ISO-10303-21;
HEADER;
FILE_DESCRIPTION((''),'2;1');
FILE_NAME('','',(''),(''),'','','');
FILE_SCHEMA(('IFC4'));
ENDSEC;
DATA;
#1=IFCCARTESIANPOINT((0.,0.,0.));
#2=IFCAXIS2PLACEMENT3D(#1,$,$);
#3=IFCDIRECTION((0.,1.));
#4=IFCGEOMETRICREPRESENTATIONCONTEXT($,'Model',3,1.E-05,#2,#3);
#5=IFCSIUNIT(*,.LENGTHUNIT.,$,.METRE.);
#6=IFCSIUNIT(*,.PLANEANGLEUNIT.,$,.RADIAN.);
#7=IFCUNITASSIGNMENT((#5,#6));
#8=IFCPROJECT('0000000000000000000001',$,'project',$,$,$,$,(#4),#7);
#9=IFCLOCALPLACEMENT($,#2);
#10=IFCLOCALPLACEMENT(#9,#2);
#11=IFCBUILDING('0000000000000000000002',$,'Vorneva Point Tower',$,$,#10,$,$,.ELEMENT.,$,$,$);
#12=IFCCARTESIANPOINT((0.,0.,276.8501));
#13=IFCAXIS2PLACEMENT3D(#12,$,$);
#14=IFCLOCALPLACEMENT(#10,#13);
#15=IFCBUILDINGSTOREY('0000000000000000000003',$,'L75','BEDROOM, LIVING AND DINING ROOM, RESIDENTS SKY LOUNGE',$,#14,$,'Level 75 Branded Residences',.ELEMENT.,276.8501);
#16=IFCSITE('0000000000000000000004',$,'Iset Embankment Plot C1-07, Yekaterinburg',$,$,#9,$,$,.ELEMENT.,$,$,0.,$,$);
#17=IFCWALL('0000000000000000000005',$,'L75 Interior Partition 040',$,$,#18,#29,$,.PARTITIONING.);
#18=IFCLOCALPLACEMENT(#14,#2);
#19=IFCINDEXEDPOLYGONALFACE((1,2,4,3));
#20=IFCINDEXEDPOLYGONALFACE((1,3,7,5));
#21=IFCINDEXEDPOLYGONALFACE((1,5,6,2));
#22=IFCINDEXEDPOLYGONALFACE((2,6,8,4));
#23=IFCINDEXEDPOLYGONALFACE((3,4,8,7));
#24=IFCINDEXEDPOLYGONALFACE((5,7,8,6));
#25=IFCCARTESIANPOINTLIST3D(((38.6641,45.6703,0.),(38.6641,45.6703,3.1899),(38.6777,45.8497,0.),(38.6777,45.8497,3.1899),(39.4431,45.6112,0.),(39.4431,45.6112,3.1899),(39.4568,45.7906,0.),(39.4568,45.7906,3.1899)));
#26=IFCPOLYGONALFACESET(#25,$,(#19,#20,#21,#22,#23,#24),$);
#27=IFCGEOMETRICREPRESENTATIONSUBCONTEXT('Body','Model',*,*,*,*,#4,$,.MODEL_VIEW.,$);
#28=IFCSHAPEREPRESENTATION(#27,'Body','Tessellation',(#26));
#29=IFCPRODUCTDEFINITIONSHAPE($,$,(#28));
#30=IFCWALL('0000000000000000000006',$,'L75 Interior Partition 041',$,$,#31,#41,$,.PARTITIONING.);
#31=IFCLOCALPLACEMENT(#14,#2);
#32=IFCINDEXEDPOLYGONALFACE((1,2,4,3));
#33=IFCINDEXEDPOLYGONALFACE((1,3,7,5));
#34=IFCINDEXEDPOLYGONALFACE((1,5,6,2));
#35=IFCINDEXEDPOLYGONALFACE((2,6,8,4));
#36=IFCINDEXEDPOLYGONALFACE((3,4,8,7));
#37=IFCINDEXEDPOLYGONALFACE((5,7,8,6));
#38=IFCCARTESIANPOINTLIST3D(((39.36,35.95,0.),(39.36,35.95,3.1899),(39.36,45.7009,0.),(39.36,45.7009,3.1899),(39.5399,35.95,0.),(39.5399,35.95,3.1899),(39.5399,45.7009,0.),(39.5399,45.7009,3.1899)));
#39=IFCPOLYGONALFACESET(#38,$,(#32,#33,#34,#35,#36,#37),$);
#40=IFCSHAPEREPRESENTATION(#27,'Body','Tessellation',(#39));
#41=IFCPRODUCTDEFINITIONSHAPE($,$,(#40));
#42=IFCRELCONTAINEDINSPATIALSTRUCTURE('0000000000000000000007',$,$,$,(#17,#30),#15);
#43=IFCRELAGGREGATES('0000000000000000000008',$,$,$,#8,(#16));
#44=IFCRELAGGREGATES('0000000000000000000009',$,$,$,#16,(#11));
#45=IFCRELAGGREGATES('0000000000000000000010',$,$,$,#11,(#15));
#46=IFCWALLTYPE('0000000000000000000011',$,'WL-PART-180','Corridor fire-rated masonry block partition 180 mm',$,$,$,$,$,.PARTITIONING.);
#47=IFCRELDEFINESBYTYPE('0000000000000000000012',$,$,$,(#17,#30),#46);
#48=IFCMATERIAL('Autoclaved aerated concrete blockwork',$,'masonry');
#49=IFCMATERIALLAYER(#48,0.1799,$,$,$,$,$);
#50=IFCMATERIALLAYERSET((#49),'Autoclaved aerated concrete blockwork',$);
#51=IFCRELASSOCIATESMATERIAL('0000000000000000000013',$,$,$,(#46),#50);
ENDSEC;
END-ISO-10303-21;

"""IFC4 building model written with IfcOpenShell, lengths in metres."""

from ifc_helpers import new_model, si_unit, direction, frame, frame_2d, origin, place, context, subcontext, project, spatial, rectangle, extrude, material, layer, layer_set, type_object, element, save


model = new_model("IFC4")

# Units and contexts
model_context = context("Model", 3, precision=1e-05, world=origin(), true_north=direction((0.0, 1.0)))
body_context = subcontext(model_context, "Body", "Model", "MODEL_VIEW")
ifc_project = project(units=[si_unit("LENGTHUNIT", "METRE"), si_unit("PLANEANGLEUNIT", "RADIAN")], contexts=[model_context])

# Site, building, storey
site_placement = place(None, origin())
site = spatial("IfcSite", under=ifc_project, at=site_placement, Name="Iset Embankment Plot C1-07, Yekaterinburg", CompositionType="ELEMENT", RefElevation=0.0)
building_placement = place(site_placement, origin())
building = spatial("IfcBuilding", under=site, at=building_placement, Name="Vorneva Point Tower", CompositionType="ELEMENT")
storey_placement = place(building_placement, frame((0.0, 0.0, 276.8501)))
storey = spatial("IfcBuildingStorey", under=building, at=storey_placement, Name="L75", Description="BEDROOM, LIVING AND DINING ROOM, RESIDENTS SKY LOUNGE", LongName="Level 75 Branded Residences", CompositionType="ELEMENT", Elevation=276.8501)

# Shared definitions
ifc_material_1 = material(Name="Autoclaved aerated concrete blockwork", Category="masonry")
ifc_layer_1 = layer(ifc_material_1, 0.1799)
ifc_layer_set_1 = layer_set([ifc_layer_1], Name="Autoclaved aerated concrete blockwork")
wall_type_1 = type_object("IfcWallType", Name="WL-PART-180", Description="Corridor fire-rated masonry block partition 180 mm", PredefinedType="PARTITIONING", material=ifc_layer_set_1)

# Walls
wall_1_placement = place(storey_placement, frame((39.45, 45.7009, 0.0), z_axis=(0.0, 0.0, 1.0), x_axis=(-0.997137, 0.075621, 0.0)))
element("IfcWall", 1, at=wall_1_placement, inside=storey, type_object=wall_type_1, Name="L75 Interior Partition 040", PredefinedType="PARTITIONING", context=body_context, shape_type="SweptSolid", body=[
    extrude(rectangle(XDim=0.7812, YDim=0.1799, at=frame_2d((0.3906, 0.0))), origin(), (0.0, 0.0, 1.0), 3.1899),
])
wall_2_placement = place(storey_placement, frame((39.45, 35.95, 0.0), z_axis=(0.0, 0.0, 1.0), x_axis=(0.0, 1.0, 0.0)))
element("IfcWall", 2, at=wall_2_placement, inside=storey, type_object=wall_type_1, Name="L75 Interior Partition 041", PredefinedType="PARTITIONING", context=body_context, shape_type="SweptSolid", body=[
    extrude(rectangle(XDim=9.751, YDim=0.1799, at=frame_2d((4.8755, 0.0))), origin(), (0.0, 0.0, 1.0), 3.1899),
])

save(model, "model.ifc")
